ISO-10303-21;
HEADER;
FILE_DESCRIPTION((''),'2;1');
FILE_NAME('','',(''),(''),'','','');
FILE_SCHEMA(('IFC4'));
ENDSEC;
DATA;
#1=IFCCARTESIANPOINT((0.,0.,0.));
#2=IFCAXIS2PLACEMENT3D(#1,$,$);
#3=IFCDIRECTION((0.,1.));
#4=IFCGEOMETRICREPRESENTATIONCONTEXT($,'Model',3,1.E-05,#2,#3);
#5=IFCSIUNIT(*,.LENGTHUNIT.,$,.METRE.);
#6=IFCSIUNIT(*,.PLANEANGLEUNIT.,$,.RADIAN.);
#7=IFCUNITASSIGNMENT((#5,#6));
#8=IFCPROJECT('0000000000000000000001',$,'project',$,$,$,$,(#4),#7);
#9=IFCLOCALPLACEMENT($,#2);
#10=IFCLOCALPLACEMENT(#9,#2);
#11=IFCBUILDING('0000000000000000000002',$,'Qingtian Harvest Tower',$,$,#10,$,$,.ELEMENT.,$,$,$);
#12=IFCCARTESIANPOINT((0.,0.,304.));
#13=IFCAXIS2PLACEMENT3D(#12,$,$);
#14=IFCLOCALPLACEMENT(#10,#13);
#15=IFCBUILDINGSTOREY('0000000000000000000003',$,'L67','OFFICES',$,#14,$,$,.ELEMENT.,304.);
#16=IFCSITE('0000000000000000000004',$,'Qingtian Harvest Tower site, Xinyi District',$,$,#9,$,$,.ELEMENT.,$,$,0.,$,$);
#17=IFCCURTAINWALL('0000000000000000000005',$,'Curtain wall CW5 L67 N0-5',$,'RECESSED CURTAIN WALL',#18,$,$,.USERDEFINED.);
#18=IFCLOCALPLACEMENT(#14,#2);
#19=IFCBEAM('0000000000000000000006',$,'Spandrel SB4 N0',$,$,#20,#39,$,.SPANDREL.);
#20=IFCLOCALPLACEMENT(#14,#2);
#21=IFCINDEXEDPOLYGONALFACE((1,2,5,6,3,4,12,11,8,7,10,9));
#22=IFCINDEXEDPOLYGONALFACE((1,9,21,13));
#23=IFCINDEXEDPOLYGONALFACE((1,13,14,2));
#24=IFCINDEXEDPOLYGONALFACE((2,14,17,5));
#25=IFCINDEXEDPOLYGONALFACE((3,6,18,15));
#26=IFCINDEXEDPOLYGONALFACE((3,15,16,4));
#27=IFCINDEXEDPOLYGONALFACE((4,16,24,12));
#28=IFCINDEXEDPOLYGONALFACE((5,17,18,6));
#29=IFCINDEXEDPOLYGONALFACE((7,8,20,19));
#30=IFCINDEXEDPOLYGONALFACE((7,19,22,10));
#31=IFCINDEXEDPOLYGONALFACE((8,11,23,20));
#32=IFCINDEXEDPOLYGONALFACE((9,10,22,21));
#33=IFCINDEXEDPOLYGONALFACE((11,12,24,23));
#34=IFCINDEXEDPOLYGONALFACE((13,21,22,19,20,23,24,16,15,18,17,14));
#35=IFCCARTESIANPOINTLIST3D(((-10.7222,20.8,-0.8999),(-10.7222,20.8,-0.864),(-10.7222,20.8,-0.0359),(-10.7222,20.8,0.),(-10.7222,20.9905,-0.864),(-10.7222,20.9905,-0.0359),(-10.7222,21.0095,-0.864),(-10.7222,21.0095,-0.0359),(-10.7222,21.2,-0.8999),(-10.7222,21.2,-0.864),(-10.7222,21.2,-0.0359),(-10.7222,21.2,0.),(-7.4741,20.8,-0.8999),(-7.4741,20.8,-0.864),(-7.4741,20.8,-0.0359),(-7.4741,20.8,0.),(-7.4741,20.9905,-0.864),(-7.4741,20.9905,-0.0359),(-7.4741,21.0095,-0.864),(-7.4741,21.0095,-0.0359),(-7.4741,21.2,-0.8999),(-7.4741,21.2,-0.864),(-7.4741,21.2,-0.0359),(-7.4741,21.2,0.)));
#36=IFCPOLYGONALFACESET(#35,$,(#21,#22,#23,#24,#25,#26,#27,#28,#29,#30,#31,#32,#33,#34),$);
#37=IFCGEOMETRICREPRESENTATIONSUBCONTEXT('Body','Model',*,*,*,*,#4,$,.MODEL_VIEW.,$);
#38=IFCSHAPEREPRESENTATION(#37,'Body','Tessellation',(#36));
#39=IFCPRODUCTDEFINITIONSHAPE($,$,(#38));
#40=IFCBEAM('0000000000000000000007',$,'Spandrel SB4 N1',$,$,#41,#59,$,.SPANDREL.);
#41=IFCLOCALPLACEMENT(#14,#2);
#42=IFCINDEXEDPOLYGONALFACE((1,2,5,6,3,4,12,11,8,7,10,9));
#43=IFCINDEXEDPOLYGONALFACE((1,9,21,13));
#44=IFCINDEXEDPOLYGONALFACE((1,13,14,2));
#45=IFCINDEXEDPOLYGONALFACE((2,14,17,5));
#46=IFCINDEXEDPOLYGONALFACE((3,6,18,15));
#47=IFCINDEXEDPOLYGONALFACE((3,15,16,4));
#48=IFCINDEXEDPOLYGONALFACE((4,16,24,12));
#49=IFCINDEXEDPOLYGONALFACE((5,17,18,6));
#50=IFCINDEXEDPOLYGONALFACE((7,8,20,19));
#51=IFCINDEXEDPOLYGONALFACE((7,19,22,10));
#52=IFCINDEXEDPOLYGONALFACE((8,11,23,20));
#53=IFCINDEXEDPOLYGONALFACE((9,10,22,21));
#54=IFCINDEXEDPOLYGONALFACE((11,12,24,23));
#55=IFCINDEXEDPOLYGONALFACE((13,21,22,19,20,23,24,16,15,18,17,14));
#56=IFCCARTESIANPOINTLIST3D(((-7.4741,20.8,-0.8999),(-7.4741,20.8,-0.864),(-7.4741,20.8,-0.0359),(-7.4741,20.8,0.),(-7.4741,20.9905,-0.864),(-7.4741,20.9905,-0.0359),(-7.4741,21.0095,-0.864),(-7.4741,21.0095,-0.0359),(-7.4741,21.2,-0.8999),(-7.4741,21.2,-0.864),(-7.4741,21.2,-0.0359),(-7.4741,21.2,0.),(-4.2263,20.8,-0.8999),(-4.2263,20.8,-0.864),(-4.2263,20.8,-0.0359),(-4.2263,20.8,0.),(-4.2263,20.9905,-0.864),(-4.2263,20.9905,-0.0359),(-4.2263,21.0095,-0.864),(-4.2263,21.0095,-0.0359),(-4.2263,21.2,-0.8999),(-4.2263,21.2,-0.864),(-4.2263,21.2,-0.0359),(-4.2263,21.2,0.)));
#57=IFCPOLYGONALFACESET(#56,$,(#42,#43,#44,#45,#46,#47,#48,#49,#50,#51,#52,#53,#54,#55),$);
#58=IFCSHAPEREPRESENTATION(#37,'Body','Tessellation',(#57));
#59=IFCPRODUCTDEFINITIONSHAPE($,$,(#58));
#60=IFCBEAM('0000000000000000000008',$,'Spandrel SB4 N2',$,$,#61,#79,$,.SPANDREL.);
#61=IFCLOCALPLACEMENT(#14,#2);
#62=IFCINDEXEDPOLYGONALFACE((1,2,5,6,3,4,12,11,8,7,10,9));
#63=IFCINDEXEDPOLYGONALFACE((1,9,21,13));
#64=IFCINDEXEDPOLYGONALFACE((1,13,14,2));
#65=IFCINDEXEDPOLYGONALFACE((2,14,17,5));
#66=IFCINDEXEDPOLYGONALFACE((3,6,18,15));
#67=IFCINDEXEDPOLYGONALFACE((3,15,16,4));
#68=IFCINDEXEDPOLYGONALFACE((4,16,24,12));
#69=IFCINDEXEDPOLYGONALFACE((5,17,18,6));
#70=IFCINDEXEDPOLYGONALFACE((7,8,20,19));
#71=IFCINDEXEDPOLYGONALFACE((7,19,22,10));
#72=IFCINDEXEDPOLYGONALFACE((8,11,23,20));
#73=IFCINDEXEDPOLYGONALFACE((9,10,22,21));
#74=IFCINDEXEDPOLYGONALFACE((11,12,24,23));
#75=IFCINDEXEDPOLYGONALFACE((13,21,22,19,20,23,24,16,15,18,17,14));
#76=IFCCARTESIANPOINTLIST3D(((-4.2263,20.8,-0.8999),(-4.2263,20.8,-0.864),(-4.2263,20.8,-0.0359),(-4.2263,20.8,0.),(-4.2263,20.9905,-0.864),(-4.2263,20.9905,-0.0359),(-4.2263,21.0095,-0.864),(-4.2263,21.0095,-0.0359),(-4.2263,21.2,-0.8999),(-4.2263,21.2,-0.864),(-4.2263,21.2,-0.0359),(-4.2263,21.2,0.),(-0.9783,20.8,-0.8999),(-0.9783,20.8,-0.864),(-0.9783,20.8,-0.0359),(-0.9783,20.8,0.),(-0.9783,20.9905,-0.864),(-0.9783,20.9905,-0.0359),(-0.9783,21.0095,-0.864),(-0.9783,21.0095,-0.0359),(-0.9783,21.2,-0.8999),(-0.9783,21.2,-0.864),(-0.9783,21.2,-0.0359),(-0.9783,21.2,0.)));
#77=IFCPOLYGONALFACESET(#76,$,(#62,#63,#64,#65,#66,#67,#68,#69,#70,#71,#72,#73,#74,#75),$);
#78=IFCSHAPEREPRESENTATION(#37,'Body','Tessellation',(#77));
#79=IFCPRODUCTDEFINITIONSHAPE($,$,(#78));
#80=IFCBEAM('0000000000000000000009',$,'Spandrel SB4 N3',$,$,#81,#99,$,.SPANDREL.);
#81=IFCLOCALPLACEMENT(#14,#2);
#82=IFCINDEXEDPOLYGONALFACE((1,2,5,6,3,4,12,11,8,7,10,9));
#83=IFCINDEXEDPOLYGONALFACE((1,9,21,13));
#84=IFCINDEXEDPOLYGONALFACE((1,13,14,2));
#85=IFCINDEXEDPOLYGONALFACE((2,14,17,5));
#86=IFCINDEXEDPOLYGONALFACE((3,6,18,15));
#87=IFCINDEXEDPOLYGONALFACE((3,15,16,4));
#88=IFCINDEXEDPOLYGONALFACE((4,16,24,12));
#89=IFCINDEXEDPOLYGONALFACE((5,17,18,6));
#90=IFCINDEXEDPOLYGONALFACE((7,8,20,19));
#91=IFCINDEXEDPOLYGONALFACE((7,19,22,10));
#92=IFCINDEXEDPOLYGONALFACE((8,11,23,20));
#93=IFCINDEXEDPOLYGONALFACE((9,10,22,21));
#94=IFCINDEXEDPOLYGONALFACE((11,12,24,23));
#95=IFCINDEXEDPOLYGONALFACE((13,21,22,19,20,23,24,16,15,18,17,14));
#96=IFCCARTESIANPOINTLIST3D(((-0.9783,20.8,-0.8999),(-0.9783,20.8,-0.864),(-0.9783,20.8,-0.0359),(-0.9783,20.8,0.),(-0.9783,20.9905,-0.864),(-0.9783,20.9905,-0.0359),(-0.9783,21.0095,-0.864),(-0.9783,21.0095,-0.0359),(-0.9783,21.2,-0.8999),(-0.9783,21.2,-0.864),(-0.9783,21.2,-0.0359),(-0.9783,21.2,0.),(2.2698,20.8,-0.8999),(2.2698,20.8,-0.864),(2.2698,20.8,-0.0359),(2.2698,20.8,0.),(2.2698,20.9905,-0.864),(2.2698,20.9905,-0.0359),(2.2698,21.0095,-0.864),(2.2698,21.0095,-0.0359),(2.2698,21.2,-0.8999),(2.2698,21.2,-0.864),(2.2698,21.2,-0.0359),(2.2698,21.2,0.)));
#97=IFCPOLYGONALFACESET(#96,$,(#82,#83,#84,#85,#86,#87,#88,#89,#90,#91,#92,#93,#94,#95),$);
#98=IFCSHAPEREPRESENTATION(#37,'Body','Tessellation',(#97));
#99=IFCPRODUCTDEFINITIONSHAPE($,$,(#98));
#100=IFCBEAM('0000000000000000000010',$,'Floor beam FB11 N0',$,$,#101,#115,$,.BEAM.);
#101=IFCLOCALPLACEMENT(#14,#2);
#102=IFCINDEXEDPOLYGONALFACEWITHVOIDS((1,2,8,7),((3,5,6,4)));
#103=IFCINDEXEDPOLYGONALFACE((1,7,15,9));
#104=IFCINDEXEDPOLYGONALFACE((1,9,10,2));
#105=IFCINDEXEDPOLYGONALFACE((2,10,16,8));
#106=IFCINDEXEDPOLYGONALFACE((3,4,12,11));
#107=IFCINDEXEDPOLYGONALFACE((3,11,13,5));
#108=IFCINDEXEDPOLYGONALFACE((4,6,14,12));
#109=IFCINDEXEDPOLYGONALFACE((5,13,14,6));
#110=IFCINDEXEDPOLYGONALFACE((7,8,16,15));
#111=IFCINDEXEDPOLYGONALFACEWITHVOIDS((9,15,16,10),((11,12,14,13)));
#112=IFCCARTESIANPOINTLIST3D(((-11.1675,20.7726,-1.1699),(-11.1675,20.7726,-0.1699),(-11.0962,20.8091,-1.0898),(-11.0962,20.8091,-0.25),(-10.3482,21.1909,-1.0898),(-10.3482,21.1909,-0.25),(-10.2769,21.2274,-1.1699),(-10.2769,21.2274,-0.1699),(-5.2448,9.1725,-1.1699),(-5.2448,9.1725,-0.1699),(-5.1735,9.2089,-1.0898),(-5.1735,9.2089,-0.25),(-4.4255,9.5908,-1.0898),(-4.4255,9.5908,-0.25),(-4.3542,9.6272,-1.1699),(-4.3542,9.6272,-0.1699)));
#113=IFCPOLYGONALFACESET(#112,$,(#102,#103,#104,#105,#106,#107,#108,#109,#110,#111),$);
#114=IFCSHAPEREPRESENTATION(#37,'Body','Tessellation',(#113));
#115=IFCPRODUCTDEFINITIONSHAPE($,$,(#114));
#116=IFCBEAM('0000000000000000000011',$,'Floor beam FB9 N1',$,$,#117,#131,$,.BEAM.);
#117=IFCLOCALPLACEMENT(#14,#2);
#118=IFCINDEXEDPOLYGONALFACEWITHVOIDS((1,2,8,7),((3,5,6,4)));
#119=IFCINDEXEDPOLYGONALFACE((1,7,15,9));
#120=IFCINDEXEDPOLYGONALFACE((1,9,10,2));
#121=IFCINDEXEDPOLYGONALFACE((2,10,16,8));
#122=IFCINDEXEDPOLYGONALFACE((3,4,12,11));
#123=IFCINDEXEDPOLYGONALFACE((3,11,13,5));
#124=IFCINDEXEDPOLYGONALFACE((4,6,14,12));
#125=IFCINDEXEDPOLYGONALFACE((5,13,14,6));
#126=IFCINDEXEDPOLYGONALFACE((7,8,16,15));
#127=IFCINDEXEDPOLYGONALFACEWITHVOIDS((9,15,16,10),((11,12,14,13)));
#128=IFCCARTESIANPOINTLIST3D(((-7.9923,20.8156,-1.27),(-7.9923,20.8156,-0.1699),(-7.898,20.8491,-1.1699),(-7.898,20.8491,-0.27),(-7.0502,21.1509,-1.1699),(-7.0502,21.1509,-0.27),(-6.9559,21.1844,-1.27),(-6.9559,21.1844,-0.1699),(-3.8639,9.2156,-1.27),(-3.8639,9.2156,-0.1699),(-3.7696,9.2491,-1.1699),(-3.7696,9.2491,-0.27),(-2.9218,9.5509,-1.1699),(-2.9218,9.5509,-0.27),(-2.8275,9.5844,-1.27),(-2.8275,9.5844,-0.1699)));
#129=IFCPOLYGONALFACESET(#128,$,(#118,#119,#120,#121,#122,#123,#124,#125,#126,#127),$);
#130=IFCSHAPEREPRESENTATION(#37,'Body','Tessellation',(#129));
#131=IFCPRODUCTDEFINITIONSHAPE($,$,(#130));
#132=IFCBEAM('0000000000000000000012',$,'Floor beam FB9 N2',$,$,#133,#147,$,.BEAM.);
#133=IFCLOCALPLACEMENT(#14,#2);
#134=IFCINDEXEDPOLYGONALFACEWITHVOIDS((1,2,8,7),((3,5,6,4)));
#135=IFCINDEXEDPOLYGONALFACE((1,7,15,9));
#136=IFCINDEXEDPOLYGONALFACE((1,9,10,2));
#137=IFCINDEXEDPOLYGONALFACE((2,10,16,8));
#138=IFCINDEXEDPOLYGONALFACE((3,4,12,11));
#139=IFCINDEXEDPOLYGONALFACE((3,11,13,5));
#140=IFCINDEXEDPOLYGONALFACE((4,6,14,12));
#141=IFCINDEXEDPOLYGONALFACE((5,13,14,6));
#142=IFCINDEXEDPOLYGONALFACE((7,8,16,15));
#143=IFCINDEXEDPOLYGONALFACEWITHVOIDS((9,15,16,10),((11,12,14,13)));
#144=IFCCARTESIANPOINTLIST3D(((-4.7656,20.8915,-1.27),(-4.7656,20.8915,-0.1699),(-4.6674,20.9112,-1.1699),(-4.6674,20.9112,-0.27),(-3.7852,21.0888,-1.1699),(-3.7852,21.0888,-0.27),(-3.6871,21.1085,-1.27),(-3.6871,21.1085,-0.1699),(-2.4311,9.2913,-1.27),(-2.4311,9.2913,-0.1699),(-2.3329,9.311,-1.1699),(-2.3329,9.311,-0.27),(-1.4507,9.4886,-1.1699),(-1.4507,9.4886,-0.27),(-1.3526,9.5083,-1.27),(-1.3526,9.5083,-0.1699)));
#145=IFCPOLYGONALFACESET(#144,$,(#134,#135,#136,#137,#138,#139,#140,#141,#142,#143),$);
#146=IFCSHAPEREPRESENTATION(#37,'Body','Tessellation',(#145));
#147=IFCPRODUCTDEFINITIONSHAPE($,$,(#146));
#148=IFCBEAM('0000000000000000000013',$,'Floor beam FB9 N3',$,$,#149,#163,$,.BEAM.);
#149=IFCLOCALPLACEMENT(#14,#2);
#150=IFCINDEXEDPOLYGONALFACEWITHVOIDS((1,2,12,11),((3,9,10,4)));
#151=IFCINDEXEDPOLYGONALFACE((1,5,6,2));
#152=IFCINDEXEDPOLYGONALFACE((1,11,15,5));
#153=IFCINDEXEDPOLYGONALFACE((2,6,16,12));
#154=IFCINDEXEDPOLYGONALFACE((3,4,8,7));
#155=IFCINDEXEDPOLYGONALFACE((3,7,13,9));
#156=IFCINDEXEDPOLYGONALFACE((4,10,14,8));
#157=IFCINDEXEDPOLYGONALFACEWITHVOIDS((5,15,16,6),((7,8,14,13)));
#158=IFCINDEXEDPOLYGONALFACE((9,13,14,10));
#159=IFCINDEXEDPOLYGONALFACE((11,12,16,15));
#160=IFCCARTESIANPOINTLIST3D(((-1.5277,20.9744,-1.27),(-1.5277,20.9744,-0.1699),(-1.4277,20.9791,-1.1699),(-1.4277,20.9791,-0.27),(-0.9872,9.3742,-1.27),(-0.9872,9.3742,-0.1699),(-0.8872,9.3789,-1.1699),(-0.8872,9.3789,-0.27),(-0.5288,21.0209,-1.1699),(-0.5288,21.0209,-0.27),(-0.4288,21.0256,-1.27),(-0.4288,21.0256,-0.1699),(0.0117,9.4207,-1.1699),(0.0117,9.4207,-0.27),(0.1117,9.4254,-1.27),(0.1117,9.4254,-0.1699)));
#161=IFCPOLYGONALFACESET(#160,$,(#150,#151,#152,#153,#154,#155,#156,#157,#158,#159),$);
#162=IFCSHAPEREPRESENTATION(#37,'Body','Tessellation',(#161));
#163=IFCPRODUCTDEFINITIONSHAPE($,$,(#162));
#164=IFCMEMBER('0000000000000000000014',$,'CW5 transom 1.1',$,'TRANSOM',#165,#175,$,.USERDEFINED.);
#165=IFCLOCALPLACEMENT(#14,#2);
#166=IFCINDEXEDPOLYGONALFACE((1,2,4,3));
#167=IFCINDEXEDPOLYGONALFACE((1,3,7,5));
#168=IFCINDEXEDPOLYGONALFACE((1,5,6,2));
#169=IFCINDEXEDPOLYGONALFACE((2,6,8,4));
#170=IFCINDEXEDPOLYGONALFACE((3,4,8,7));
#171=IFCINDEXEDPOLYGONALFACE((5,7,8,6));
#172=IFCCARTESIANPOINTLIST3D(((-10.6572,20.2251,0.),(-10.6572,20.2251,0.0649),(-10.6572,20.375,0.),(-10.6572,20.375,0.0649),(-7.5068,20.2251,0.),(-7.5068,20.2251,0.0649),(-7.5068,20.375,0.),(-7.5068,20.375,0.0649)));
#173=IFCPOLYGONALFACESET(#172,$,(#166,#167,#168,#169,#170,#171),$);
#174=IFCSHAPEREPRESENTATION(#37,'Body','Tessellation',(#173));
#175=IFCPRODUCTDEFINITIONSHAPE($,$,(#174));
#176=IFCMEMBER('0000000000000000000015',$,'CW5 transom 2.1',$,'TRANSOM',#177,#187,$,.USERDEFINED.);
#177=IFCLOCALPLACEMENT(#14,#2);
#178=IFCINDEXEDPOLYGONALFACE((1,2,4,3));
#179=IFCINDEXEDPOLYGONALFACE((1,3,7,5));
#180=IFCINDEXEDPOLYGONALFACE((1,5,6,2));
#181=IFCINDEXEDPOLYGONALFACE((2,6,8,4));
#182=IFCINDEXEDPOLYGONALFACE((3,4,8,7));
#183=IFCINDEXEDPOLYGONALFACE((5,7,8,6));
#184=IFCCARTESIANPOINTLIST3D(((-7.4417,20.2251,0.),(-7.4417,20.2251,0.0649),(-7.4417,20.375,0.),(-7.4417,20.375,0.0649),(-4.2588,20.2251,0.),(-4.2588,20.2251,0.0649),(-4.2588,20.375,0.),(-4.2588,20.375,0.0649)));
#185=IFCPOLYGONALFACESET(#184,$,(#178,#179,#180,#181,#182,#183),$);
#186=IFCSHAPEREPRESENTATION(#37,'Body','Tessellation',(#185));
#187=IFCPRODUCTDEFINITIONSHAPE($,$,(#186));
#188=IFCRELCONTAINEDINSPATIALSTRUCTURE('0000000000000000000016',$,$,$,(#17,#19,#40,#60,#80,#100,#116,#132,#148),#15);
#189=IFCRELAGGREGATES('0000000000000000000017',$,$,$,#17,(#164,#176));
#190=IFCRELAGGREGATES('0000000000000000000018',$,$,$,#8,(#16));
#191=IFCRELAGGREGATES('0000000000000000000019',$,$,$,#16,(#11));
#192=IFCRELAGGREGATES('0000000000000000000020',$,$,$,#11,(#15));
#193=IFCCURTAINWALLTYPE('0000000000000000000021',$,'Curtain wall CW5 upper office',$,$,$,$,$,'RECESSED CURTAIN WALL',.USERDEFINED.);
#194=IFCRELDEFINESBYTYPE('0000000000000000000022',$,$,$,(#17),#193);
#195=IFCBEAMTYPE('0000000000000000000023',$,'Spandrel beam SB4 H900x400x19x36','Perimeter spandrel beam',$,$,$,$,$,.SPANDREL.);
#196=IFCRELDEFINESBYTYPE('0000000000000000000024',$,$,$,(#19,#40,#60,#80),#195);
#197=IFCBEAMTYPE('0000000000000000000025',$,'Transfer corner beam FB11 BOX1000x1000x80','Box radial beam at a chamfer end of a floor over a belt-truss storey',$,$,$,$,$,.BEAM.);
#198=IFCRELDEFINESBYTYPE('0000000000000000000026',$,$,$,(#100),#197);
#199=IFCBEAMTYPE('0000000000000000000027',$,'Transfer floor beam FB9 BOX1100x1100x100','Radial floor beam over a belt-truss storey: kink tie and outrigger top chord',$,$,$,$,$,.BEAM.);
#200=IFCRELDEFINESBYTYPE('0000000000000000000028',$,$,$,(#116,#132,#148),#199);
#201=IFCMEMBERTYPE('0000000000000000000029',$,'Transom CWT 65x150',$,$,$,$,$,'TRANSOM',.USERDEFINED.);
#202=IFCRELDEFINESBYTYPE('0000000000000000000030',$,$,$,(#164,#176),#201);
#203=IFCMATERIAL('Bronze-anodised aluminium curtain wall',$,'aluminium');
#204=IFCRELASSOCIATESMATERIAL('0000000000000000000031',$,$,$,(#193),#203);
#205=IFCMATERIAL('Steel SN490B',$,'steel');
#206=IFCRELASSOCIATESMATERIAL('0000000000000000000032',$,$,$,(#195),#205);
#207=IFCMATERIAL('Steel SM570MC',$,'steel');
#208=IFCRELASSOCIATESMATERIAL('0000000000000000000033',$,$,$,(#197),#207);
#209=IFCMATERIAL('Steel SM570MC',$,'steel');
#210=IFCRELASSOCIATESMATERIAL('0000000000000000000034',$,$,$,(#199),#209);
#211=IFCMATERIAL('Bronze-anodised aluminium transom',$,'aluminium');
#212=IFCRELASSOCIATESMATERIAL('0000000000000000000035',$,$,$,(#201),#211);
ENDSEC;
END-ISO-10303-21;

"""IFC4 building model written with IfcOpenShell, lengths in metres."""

from ifc_helpers import new_model, si_unit, direction, frame, origin, origin_2d, place, context, subcontext, project, spatial, rectangle, hollow_rectangle, i_section, extrude, material, material_profile, profile_set, type_object, element, aggregate, save


model = new_model("IFC4")

# Units and contexts
model_context = context("Model", 3, precision=1e-05, world=origin(), true_north=direction((0.0, 1.0)))
body_context = subcontext(model_context, "Body", "Model", "MODEL_VIEW")
ifc_project = project(units=[si_unit("LENGTHUNIT", "METRE"), si_unit("PLANEANGLEUNIT", "RADIAN")], contexts=[model_context])

# Site, building, storey
site_placement = place(None, origin())
site = spatial("IfcSite", under=ifc_project, at=site_placement, Name="Qingtian Harvest Tower site, Xinyi District", CompositionType="ELEMENT", RefElevation=0.0)
building_placement = place(site_placement, origin())
building = spatial("IfcBuilding", under=site, at=building_placement, Name="Qingtian Harvest Tower", CompositionType="ELEMENT")
storey_placement = place(building_placement, frame((0.0, 0.0, 304.0)))
storey = spatial("IfcBuildingStorey", under=building, at=storey_placement, Name="L67", Description="OFFICES", CompositionType="ELEMENT", Elevation=304.0)

# Curtain wall
ifc_material_1 = material(Name="Bronze-anodised aluminium curtain wall", Category="aluminium")
curtain_wall_type = type_object("IfcCurtainWallType", Name="Curtain wall CW5 upper office", ElementType="RECESSED CURTAIN WALL", PredefinedType="USERDEFINED", material=ifc_material_1)
curtain_wall_1_placement = place(storey_placement, origin())
curtain_wall_1 = element("IfcCurtainWall", 1, at=curtain_wall_1_placement, inside=storey, type_object=curtain_wall_type, Name="Curtain wall CW5 L67 N0-5", ObjectType="RECESSED CURTAIN WALL", PredefinedType="USERDEFINED")

# Beams
ifc_material_2 = material(Name="Steel SN490B", Category="steel")
ifc_material_profile_1 = material_profile(ifc_material_2, i_section(OverallWidth=0.3999, OverallDepth=0.8999, WebThickness=0.019, FlangeThickness=0.0359, at=origin_2d()), Name="H900x400x19x36")
ifc_profile_set_1 = profile_set([ifc_material_profile_1], Name="Steel SN490B")
beam_type_1 = type_object("IfcBeamType", Name="Spandrel beam SB4 H900x400x19x36", Description="Perimeter spandrel beam", PredefinedType="SPANDREL", material=ifc_profile_set_1)
beam_1_placement = place(storey_placement, frame((-10.7222, 21.0, -0.45), z_axis=(1.0, 0.0, 0.0), x_axis=(0.0, 1.0, 0.0)))
element("IfcBeam", 2, at=beam_1_placement, inside=storey, type_object=beam_type_1, Name="Spandrel SB4 N0", PredefinedType="SPANDREL", context=body_context, shape_type="SweptSolid", body=[
    extrude(i_section(OverallWidth=0.3999, OverallDepth=0.8999, WebThickness=0.019, FlangeThickness=0.0359, at=origin_2d()), origin(), (0.0, 0.0, 1.0), 3.248),
])
beam_2_placement = place(storey_placement, frame((-7.4741, 21.0, -0.45), z_axis=(1.0, 0.0, 0.0), x_axis=(0.0, 1.0, 0.0)))
element("IfcBeam", 3, at=beam_2_placement, inside=storey, type_object=beam_type_1, Name="Spandrel SB4 N1", PredefinedType="SPANDREL", context=body_context, shape_type="SweptSolid", body=[
    extrude(i_section(OverallWidth=0.3999, OverallDepth=0.8999, WebThickness=0.019, FlangeThickness=0.0359, at=origin_2d()), origin(), (0.0, 0.0, 1.0), 3.2478),
])
for number, where, z_axis, x_axis, name in (
    (4, (-4.2263, 21.0, -0.45), (1.0, 0.0, 0.0), (0.0, 1.0, 0.0), "Spandrel SB4 N2"),
    (5, (-0.9783, 21.0, -0.45), (1.0, 0.0, 0.0), (0.0, 1.0, 0.0), "Spandrel SB4 N3"),
):
    element("IfcBeam", number, at=place(storey_placement, frame(where, z_axis=z_axis, x_axis=x_axis)), inside=storey, type_object=beam_type_1, Name=name, PredefinedType="SPANDREL", context=body_context, shape_type="SweptSolid", body=[
        extrude(i_section(OverallWidth=0.3999, OverallDepth=0.8999, WebThickness=0.019, FlangeThickness=0.0359, at=origin_2d()), origin(), (0.0, 0.0, 1.0), 3.248),
    ])
ifc_material_3 = material(Name="Steel SM570MC", Category="steel")
ifc_material_profile_2 = material_profile(ifc_material_3, hollow_rectangle(XDim=1.0, YDim=1.0, WallThickness=0.0801, at=origin_2d()), Name="BOX1000x1000x80")
ifc_profile_set_2 = profile_set([ifc_material_profile_2], Name="Steel SM570MC")
beam_type_2 = type_object("IfcBeamType", Name="Transfer corner beam FB11 BOX1000x1000x80", Description="Box radial beam at a chamfer end of a floor over a belt-truss storey", PredefinedType="BEAM", material=ifc_profile_set_2)
beam_3_placement = place(storey_placement, frame((-10.7222, 21.0, -0.6699), z_axis=(0.454726, -0.890632, 0.0), x_axis=(0.890632, 0.454726, 0.0)))
element("IfcBeam", 6, at=beam_3_placement, inside=storey, type_object=beam_type_2, Name="Floor beam FB11 N0", PredefinedType="BEAM", context=body_context, shape_type="SweptSolid", body=[
    extrude(hollow_rectangle(XDim=1.0, YDim=1.0, WallThickness=0.0801, at=origin_2d()), origin(), (0.0, 0.0, 1.0), 13.0247),
])
ifc_material_4 = material(Name="Steel SM570MC", Category="steel")
ifc_material_profile_3 = material_profile(ifc_material_4, hollow_rectangle(XDim=1.1001, YDim=1.1001, WallThickness=0.1001, at=origin_2d()), Name="BOX1100x1100x100")
ifc_profile_set_3 = profile_set([ifc_material_profile_3], Name="Steel SM570MC")
beam_type_3 = type_object("IfcBeamType", Name="Transfer floor beam FB9 BOX1100x1100x100", Description="Radial floor beam over a belt-truss storey: kink tie and outrigger top chord", PredefinedType="BEAM", material=ifc_profile_set_3)
beam_4_placement = place(storey_placement, frame((-7.4741, 21.0, -0.72), z_axis=(0.335294, -0.942114, 0.0), x_axis=(0.942114, 0.335294, 0.0)))
element("IfcBeam", 7, at=beam_4_placement, inside=storey, type_object=beam_type_3, Name="Floor beam FB9 N1", PredefinedType="BEAM", context=body_context, shape_type="SweptSolid", body=[
    extrude(hollow_rectangle(XDim=1.1001, YDim=1.1001, WallThickness=0.1001, at=origin_2d()), origin(), (0.0, 0.0, 1.0), 12.3127),
])
beam_5_placement = place(storey_placement, frame((-4.2263, 21.0, -0.72), z_axis=(0.19729, -0.980345, 0.0), x_axis=(0.980345, 0.19729, 0.0)))
element("IfcBeam", 8, at=beam_5_placement, inside=storey, type_object=beam_type_3, Name="Floor beam FB9 N2", PredefinedType="BEAM", context=body_context, shape_type="SweptSolid", body=[
    extrude(hollow_rectangle(XDim=1.1001, YDim=1.1001, WallThickness=0.1001, at=origin_2d()), origin(), (0.0, 0.0, 1.0), 11.8328),
])
beam_6_placement = place(storey_placement, frame((-0.9783, 21.0, -0.72), z_axis=(0.046546, -0.998916, 0.0), x_axis=(0.998916, 0.046546, 0.0)))
element("IfcBeam", 9, at=beam_6_placement, inside=storey, type_object=beam_type_3, Name="Floor beam FB9 N3", PredefinedType="BEAM", context=body_context, shape_type="SweptSolid", body=[
    extrude(hollow_rectangle(XDim=1.1001, YDim=1.1001, WallThickness=0.1001, at=origin_2d()), origin(), (0.0, 0.0, 1.0), 11.6128),
])

# Members
ifc_material_5 = material(Name="Bronze-anodised aluminium transom", Category="aluminium")
ifc_material_profile_4 = material_profile(ifc_material_5, rectangle(XDim=0.1499, YDim=0.0649, at=origin_2d()), Name="AL 65x150")
ifc_profile_set_4 = profile_set([ifc_material_profile_4], Name="Bronze-anodised aluminium transom")
member_type_1 = type_object("IfcMemberType", Name="Transom CWT 65x150", ElementType="TRANSOM", PredefinedType="USERDEFINED", material=ifc_profile_set_4)
member_1_placement = place(storey_placement, frame((-10.6572, 20.3, 0.0325), z_axis=(1.0, 0.0, 0.0), x_axis=(0.0, 1.0, 0.0)))
member_1 = element("IfcMember", 10, at=member_1_placement, type_object=member_type_1, Name="CW5 transom 1.1", ObjectType="TRANSOM", PredefinedType="USERDEFINED", context=body_context, shape_type="SweptSolid", body=[
    extrude(rectangle(XDim=0.1499, YDim=0.0649, at=origin_2d()), origin(), (0.0, 0.0, 1.0), 3.1504),
])
member_2_placement = place(storey_placement, frame((-7.4417, 20.3, 0.0325), z_axis=(1.0, 0.0, 0.0), x_axis=(0.0, 1.0, 0.0)))
member_2 = element("IfcMember", 11, at=member_2_placement, type_object=member_type_1, Name="CW5 transom 2.1", ObjectType="TRANSOM", PredefinedType="USERDEFINED", context=body_context, shape_type="SweptSolid", body=[
    extrude(rectangle(XDim=0.1499, YDim=0.0649, at=origin_2d()), origin(), (0.0, 0.0, 1.0), 3.1829),
])

aggregate(curtain_wall_1, [member_1, member_2])

save(model, "model.ifc")
